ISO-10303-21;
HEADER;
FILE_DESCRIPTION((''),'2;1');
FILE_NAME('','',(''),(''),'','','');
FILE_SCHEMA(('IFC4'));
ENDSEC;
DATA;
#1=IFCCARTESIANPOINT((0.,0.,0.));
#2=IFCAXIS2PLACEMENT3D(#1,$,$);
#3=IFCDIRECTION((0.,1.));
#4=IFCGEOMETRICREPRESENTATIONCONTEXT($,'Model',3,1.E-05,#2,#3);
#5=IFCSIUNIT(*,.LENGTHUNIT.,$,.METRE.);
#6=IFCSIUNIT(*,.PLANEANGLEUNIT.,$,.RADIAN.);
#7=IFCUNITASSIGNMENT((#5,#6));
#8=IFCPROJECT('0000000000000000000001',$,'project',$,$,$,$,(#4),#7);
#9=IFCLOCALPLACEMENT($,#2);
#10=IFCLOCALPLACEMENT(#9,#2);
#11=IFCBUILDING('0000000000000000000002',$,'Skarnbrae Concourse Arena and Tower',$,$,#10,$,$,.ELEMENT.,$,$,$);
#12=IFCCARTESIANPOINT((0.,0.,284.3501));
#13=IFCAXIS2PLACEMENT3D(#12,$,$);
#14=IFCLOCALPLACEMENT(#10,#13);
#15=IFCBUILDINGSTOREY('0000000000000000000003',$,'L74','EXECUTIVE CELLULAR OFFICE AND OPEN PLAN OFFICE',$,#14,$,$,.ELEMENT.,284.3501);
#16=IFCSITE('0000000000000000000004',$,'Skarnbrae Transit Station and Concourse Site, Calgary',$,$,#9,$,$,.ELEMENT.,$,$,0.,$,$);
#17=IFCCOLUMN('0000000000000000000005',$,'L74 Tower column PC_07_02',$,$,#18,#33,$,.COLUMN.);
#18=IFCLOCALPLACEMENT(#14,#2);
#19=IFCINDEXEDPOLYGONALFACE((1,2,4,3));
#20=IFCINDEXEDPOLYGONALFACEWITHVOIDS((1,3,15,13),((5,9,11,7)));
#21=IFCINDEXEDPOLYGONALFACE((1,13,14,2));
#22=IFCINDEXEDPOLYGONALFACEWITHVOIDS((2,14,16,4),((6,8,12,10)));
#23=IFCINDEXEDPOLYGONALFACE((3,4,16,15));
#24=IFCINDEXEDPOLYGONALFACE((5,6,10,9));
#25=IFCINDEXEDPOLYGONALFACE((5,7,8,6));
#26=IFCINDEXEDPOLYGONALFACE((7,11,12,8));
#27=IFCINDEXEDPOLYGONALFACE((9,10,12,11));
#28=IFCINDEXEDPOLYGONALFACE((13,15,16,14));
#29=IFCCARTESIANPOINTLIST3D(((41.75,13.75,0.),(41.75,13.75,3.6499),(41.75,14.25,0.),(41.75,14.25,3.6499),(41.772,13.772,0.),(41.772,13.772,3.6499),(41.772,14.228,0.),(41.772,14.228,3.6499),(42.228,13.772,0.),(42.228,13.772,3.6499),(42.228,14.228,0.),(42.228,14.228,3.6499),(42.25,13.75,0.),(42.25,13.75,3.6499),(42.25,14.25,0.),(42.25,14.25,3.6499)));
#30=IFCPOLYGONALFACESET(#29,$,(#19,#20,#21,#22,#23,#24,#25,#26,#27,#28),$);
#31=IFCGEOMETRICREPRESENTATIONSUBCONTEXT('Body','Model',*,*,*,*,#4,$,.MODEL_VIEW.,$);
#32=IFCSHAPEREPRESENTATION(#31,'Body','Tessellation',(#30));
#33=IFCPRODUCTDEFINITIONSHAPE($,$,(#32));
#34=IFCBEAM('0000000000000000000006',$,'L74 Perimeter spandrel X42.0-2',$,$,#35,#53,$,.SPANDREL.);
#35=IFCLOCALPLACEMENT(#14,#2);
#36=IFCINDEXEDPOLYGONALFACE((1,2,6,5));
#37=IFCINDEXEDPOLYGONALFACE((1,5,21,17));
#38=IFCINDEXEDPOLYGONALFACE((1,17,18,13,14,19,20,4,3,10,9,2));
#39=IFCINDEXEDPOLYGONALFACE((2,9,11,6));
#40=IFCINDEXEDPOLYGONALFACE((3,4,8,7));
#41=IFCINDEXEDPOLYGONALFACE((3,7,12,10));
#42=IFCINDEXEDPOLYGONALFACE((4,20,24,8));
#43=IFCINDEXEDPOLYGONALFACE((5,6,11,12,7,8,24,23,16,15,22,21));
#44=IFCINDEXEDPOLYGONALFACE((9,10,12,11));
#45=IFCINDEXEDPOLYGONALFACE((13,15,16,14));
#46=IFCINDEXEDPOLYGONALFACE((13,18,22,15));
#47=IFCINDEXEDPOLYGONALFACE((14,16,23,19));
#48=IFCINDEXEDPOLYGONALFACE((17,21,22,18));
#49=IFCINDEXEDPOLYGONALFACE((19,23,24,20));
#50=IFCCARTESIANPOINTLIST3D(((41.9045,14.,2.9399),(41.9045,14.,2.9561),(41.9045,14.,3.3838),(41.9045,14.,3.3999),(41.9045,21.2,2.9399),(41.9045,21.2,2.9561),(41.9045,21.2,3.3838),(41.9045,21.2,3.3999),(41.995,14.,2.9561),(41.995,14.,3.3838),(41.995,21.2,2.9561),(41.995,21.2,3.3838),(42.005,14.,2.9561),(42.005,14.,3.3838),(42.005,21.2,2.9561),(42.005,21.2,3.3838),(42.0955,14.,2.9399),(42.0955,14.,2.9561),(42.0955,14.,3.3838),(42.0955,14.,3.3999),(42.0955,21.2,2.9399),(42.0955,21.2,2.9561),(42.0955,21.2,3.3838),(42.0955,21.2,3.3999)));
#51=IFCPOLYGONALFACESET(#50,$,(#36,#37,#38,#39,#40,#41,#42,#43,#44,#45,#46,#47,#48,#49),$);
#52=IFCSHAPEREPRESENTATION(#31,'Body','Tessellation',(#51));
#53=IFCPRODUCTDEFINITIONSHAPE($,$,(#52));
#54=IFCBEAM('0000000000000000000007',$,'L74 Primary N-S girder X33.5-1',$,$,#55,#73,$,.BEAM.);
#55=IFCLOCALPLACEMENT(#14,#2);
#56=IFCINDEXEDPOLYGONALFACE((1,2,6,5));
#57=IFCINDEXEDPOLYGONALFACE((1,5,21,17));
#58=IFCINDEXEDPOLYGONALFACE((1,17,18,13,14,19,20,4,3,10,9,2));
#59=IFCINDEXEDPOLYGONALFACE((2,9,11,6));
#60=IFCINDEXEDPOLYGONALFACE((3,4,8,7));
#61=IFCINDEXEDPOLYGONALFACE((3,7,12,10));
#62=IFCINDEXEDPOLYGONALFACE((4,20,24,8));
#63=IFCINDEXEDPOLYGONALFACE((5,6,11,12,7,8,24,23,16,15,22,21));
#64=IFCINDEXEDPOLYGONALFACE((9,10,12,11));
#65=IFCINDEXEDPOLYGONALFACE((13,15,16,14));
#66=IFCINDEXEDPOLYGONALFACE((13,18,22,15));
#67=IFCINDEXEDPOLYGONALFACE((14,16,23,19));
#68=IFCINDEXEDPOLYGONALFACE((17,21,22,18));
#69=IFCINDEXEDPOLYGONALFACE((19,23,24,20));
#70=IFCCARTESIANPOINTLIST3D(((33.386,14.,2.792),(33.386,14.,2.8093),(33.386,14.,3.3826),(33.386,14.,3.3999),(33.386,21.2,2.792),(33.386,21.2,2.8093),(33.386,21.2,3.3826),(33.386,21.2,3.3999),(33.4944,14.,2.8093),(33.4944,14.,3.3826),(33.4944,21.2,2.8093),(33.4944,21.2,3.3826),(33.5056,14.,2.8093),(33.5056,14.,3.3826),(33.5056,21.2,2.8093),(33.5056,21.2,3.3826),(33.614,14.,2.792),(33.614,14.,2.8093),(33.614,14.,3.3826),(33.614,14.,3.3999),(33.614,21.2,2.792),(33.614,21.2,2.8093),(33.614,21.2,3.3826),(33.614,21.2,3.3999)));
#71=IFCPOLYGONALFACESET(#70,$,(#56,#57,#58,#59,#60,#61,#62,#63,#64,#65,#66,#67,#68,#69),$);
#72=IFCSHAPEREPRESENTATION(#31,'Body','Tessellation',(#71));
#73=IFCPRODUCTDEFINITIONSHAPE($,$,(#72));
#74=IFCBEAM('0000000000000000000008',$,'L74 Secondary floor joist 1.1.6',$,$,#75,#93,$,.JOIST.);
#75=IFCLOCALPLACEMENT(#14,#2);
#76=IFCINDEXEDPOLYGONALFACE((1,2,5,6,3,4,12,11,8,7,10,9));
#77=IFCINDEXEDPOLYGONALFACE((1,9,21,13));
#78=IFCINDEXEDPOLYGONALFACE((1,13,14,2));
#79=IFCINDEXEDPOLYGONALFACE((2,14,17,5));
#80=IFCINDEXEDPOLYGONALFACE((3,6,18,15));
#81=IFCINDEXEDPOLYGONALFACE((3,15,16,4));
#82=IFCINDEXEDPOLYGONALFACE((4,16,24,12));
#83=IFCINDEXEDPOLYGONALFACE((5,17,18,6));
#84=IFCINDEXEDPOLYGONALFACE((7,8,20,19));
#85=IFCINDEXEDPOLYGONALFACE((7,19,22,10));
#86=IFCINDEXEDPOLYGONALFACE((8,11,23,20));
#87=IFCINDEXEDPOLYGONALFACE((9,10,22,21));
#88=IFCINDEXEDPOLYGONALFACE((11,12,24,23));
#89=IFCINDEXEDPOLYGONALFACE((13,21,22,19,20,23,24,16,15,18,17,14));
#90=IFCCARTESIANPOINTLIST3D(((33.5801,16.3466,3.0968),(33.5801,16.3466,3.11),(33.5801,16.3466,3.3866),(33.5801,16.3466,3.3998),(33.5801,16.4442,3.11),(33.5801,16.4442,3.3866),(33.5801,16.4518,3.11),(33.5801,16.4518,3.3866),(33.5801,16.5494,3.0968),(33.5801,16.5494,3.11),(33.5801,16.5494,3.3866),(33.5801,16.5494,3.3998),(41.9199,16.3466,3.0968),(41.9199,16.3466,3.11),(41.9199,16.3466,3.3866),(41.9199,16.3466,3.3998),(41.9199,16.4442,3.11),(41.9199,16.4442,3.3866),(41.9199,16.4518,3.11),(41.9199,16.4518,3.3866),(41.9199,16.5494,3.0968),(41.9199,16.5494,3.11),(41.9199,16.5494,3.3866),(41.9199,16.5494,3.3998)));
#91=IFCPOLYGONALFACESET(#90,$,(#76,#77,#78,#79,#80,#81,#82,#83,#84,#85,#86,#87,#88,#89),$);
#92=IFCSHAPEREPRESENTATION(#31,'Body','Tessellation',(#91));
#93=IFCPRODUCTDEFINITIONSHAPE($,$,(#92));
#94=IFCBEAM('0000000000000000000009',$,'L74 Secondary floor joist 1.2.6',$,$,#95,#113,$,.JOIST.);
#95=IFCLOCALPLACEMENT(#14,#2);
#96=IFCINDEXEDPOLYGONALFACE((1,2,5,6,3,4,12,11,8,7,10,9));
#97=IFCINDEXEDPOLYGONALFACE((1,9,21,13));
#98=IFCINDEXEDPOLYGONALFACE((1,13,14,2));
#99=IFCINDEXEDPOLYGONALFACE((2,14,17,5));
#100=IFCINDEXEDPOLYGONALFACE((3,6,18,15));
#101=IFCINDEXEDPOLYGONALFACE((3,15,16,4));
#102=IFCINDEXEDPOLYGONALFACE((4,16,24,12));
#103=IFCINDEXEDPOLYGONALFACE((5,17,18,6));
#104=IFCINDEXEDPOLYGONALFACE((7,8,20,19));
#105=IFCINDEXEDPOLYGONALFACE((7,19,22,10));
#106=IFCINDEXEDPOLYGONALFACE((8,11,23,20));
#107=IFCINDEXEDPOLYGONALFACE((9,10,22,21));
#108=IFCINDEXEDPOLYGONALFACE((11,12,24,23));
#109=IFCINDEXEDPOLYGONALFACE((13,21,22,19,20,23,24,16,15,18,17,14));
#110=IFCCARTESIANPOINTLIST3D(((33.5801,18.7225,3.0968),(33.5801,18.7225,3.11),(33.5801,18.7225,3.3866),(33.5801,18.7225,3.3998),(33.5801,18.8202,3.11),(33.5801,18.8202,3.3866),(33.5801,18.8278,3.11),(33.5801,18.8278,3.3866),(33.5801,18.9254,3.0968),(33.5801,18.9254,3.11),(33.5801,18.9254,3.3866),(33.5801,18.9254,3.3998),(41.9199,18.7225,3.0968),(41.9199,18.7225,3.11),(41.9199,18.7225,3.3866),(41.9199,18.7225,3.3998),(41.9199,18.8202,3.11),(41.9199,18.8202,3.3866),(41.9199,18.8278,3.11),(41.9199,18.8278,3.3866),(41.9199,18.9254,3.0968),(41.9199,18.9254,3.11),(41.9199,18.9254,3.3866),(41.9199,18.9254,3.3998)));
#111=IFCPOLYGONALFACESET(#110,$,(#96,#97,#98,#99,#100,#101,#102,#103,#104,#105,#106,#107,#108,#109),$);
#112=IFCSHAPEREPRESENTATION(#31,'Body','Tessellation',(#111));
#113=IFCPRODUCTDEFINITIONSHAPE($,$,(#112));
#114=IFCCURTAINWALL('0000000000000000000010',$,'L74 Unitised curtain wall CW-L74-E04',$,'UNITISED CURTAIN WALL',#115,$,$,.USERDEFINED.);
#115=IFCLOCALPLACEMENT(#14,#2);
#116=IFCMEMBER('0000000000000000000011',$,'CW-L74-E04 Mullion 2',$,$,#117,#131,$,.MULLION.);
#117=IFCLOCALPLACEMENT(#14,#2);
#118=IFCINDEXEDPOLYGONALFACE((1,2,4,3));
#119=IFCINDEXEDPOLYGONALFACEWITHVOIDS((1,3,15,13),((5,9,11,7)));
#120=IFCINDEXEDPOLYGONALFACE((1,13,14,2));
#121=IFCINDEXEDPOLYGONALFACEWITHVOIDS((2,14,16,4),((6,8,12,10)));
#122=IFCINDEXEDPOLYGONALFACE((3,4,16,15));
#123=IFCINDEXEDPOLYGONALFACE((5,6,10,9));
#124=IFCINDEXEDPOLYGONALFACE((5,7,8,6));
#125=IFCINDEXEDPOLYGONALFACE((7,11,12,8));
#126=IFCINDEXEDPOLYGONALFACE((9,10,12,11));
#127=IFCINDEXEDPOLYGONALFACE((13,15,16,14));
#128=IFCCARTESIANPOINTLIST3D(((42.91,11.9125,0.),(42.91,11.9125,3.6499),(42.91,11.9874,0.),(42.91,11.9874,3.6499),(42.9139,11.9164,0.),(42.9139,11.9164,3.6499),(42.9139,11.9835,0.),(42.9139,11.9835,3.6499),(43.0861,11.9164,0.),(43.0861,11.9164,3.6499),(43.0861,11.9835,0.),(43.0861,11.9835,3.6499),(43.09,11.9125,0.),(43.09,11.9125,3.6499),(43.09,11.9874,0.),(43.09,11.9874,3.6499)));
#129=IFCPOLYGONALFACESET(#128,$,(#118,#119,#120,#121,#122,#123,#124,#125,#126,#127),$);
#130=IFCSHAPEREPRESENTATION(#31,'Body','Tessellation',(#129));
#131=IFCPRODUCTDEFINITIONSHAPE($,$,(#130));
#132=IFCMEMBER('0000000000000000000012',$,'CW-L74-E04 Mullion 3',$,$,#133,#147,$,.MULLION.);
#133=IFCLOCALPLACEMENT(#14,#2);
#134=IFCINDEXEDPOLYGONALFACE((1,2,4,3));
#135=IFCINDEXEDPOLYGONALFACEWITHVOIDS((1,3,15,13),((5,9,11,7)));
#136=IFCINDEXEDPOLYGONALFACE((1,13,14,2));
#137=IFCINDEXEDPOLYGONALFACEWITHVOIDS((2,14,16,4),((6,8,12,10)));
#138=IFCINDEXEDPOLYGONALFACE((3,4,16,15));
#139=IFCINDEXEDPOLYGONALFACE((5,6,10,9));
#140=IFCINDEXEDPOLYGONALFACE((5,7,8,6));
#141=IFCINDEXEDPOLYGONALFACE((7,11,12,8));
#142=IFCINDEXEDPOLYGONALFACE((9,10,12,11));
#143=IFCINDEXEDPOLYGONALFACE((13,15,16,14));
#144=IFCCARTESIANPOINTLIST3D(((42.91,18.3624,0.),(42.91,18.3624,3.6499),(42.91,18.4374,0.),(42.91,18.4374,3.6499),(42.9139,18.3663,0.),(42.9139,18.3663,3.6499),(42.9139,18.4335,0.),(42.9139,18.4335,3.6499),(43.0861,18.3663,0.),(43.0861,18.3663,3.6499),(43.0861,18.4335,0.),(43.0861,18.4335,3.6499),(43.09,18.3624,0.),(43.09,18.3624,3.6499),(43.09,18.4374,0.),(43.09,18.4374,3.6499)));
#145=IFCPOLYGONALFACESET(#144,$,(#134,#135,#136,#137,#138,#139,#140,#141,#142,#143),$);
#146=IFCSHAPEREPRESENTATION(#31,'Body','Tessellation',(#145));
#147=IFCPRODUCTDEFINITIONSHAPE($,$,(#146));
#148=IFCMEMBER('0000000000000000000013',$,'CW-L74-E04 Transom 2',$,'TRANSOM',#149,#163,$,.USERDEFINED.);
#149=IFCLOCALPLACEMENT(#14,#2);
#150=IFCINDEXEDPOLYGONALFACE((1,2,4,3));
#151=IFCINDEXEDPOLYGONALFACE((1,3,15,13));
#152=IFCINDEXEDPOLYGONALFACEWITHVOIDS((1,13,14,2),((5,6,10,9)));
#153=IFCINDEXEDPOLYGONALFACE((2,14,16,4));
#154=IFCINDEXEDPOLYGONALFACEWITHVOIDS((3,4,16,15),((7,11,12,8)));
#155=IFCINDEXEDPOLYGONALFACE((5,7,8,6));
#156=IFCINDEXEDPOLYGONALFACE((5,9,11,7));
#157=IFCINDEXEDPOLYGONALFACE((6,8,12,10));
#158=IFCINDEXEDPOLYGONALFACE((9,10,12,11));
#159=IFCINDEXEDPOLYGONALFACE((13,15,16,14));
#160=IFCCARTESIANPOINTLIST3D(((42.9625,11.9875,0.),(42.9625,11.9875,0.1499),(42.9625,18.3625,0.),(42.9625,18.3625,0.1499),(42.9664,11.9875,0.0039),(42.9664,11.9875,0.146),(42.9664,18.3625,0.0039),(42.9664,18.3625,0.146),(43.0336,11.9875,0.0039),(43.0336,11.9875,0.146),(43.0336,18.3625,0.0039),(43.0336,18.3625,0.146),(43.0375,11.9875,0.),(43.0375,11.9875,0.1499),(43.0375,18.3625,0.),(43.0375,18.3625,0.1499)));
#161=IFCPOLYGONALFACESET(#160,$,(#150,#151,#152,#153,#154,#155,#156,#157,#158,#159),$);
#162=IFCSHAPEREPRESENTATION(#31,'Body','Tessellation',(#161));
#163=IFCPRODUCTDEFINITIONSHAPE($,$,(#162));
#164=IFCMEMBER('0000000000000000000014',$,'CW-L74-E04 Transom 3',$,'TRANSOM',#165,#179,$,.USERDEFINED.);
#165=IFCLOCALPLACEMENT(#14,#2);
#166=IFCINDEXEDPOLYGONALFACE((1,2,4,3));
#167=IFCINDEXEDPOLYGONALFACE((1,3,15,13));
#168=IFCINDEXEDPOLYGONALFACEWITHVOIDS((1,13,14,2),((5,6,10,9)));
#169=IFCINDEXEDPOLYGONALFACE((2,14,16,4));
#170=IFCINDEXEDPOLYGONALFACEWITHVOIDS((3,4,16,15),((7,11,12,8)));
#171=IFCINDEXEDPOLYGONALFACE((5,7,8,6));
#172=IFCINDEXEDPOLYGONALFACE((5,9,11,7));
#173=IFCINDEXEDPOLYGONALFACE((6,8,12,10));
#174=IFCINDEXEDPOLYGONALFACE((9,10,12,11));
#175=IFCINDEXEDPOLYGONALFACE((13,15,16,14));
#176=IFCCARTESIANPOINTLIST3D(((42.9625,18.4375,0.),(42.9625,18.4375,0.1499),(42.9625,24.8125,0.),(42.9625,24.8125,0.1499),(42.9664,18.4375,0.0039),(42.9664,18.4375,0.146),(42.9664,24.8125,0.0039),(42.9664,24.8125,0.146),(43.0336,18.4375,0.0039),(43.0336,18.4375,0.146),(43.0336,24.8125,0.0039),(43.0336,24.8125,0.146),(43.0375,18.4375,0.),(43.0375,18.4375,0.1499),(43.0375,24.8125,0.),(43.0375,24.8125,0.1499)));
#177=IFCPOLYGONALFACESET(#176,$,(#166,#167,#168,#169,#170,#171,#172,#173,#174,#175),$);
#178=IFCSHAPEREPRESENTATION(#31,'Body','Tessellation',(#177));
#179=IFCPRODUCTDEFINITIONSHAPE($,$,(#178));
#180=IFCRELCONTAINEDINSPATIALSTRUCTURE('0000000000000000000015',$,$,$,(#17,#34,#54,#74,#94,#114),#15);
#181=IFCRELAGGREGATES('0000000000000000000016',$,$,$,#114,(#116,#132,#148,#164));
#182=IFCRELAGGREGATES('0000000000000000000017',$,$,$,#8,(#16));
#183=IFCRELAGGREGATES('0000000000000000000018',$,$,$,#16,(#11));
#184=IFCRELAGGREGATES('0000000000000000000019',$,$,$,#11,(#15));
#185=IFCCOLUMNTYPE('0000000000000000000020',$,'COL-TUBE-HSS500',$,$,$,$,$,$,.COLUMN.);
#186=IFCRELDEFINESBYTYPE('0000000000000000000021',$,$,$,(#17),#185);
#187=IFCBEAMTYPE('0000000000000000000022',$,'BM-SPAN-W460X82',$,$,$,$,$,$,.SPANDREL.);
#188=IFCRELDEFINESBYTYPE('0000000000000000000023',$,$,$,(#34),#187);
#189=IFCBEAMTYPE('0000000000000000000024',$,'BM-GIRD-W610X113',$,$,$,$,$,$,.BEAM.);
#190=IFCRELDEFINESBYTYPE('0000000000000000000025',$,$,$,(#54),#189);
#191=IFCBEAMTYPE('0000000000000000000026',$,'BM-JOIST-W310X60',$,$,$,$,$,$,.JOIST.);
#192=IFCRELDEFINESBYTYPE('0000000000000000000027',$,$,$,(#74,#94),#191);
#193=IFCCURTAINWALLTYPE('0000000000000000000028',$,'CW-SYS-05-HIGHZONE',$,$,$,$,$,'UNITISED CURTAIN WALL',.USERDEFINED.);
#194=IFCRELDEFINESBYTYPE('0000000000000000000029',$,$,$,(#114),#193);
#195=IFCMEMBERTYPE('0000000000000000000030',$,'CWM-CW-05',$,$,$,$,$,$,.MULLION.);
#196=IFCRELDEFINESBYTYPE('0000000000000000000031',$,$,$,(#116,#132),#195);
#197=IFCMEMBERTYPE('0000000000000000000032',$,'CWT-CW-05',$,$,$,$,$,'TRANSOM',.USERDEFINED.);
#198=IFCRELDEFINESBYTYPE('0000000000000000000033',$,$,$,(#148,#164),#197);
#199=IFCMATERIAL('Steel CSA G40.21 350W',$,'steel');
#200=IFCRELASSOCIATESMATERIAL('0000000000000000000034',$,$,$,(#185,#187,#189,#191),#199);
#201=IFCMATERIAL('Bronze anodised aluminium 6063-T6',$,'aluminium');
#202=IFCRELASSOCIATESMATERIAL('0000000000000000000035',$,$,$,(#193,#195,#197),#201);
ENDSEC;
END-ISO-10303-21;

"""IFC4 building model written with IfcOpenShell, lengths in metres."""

from ifc_helpers import new_model, si_unit, direction, frame, origin, origin_2d, place, context, subcontext, project, spatial, hollow_rectangle, i_section, extrude, source, transform, mapped, material, material_profile, profile_set, type_object, element, aggregate, save


model = new_model("IFC4")

# Units and contexts
model_context = context("Model", 3, precision=1e-05, world=origin(), true_north=direction((0.0, 1.0)))
body_context = subcontext(model_context, "Body", "Model", "MODEL_VIEW")
ifc_project = project(units=[si_unit("LENGTHUNIT", "METRE"), si_unit("PLANEANGLEUNIT", "RADIAN")], contexts=[model_context])

# Site, building, storey
site_placement = place(None, origin())
site = spatial("IfcSite", under=ifc_project, at=site_placement, Name="Skarnbrae Transit Station and Concourse Site, Calgary", CompositionType="ELEMENT", RefElevation=0.0)
building_placement = place(site_placement, origin())
building = spatial("IfcBuilding", under=site, at=building_placement, Name="Skarnbrae Concourse Arena and Tower", CompositionType="ELEMENT")
storey_placement = place(building_placement, frame((0.0, 0.0, 284.3501)))
storey = spatial("IfcBuildingStorey", under=building, at=storey_placement, Name="L74", Description="EXECUTIVE CELLULAR OFFICE AND OPEN PLAN OFFICE", CompositionType="ELEMENT", Elevation=284.3501)

# Column
ifc_material_1 = material(Name="Steel CSA G40.21 350W", Category="steel")
ifc_material_profile_1 = material_profile(ifc_material_1, hollow_rectangle(XDim=0.5, YDim=0.5, WallThickness=0.022, at=origin_2d()), Name="HSS500X500X22.0")
ifc_profile_set_1 = profile_set([ifc_material_profile_1], Name="Steel CSA G40.21 350W")
column_type = type_object("IfcColumnType", Name="COL-TUBE-HSS500", PredefinedType="COLUMN", material=ifc_profile_set_1)
shared_shape_1 = source(origin(), body_context, "Body", "SweptSolid", [
    extrude(hollow_rectangle(XDim=0.5, YDim=0.5, WallThickness=0.022, at=origin_2d()), origin(), (0.0, 0.0, 1.0), 3.6499),
])
column_placement = place(storey_placement, frame((42.0, 14.0, 0.0), z_axis=(0.0, 0.0, 1.0), x_axis=(1.0, 0.0, 0.0)))
element("IfcColumn", 1, at=column_placement, inside=storey, type_object=column_type, Name="L74 Tower column PC_07_02", PredefinedType="COLUMN", context=body_context, shape_type="MappedRepresentation", body=[
    mapped(shared_shape_1, transform((0.0, 0.0, 0.0))),
])

# Beams
ifc_material_profile_2 = material_profile(ifc_material_1, i_section(OverallWidth=0.1909, OverallDepth=0.46, WebThickness=0.01, FlangeThickness=0.0161, at=origin_2d()), Name="W460X82")
ifc_profile_set_2 = profile_set([ifc_material_profile_2], Name="Steel CSA G40.21 350W")
beam_type_1 = type_object("IfcBeamType", Name="BM-SPAN-W460X82", PredefinedType="SPANDREL", material=ifc_profile_set_2)
shared_shape_2 = source(origin(), body_context, "Body", "SweptSolid", [
    extrude(i_section(OverallWidth=0.1909, OverallDepth=0.46, WebThickness=0.01, FlangeThickness=0.0161, at=origin_2d()), origin(), (0.0, 0.0, 1.0), 7.2),
])
beam_1_placement = place(storey_placement, frame((42.0, 14.0, 3.1699), z_axis=(0.0, 1.0, 0.0), x_axis=(-1.0, 0.0, 0.0)))
element("IfcBeam", 2, at=beam_1_placement, inside=storey, type_object=beam_type_1, Name="L74 Perimeter spandrel X42.0-2", PredefinedType="SPANDREL", context=body_context, shape_type="MappedRepresentation", body=[
    mapped(shared_shape_2, transform((0.0, 0.0, 0.0))),
])
ifc_material_profile_3 = material_profile(ifc_material_1, i_section(OverallWidth=0.228, OverallDepth=0.6079, WebThickness=0.0112, FlangeThickness=0.0173, at=origin_2d()), Name="W610X113")
ifc_profile_set_3 = profile_set([ifc_material_profile_3], Name="Steel CSA G40.21 350W")
beam_type_2 = type_object("IfcBeamType", Name="BM-GIRD-W610X113", PredefinedType="BEAM", material=ifc_profile_set_3)
shared_shape_3 = source(origin(), body_context, "Body", "SweptSolid", [
    extrude(i_section(OverallWidth=0.228, OverallDepth=0.6079, WebThickness=0.0112, FlangeThickness=0.0173, at=origin_2d()), origin(), (0.0, 0.0, 1.0), 7.2),
])
beam_2_placement = place(storey_placement, frame((33.5, 14.0, 3.0959), z_axis=(0.0, 1.0, 0.0), x_axis=(-1.0, 0.0, 0.0)))
element("IfcBeam", 3, at=beam_2_placement, inside=storey, type_object=beam_type_2, Name="L74 Primary N-S girder X33.5-1", PredefinedType="BEAM", context=body_context, shape_type="MappedRepresentation", body=[
    mapped(shared_shape_3, transform((0.0, 0.0, 0.0))),
])
ifc_material_profile_4 = material_profile(ifc_material_1, i_section(OverallWidth=0.2029, OverallDepth=0.303, WebThickness=0.0076, FlangeThickness=0.0132, at=origin_2d()), Name="W310X60")
ifc_profile_set_4 = profile_set([ifc_material_profile_4], Name="Steel CSA G40.21 350W")
beam_type_3 = type_object("IfcBeamType", Name="BM-JOIST-W310X60", PredefinedType="JOIST", material=ifc_profile_set_4)
shared_shape_4 = source(origin(), body_context, "Body", "SweptSolid", [
    extrude(i_section(OverallWidth=0.2029, OverallDepth=0.303, WebThickness=0.0076, FlangeThickness=0.0132, at=origin_2d()), origin(), (0.0, 0.0, 1.0), 8.3398),
])
for number, where, z_axis, x_axis, name in (
    (4, (33.5801, 16.448, 3.2483), (1.0, 0.0, 0.0), (0.0, 1.0, 0.0), "L74 Secondary floor joist 1.1.6"),
    (5, (33.5801, 18.824, 3.2483), (1.0, 0.0, 0.0), (0.0, 1.0, 0.0), "L74 Secondary floor joist 1.2.6"),
):
    element("IfcBeam", number, at=place(storey_placement, frame(where, z_axis=z_axis, x_axis=x_axis)), inside=storey, type_object=beam_type_3, Name=name, PredefinedType="JOIST", context=body_context, shape_type="MappedRepresentation", body=[
        mapped(shared_shape_4, transform((0.0, 0.0, 0.0))),
    ])

# Curtain wall, members
ifc_material_2 = material(Name="Bronze anodised aluminium 6063-T6", Category="aluminium")
curtain_wall_type = type_object("IfcCurtainWallType", Name="CW-SYS-05-HIGHZONE", ElementType="UNITISED CURTAIN WALL", PredefinedType="USERDEFINED", material=ifc_material_2)
curtain_wall_placement = place(storey_placement, origin())
curtain_wall = element("IfcCurtainWall", 6, at=curtain_wall_placement, inside=storey, type_object=curtain_wall_type, Name="L74 Unitised curtain wall CW-L74-E04", ObjectType="UNITISED CURTAIN WALL", PredefinedType="USERDEFINED")
ifc_material_profile_5 = material_profile(ifc_material_2, hollow_rectangle(XDim=0.075, YDim=0.1799, WallThickness=0.0039, at=origin_2d()), Name="ALU-MULL-75X180")
ifc_profile_set_5 = profile_set([ifc_material_profile_5], Name="Bronze anodised aluminium 6063-T6")
member_type_1 = type_object("IfcMemberType", Name="CWM-CW-05", PredefinedType="MULLION", material=ifc_profile_set_5)
shared_shape_5 = source(origin(), body_context, "Body", "SweptSolid", [
    extrude(hollow_rectangle(XDim=0.075, YDim=0.1799, WallThickness=0.0039, at=origin_2d()), origin(), (0.0, 0.0, 1.0), 3.6499),
])
member_1_placement = place(storey_placement, frame((43.0, 11.95, 0.0), z_axis=(0.0, 0.0, 1.0), x_axis=(0.0, 1.0, 0.0)))
member_1 = element("IfcMember", 7, at=member_1_placement, type_object=member_type_1, Name="CW-L74-E04 Mullion 2", PredefinedType="MULLION", context=body_context, shape_type="MappedRepresentation", body=[
    mapped(shared_shape_5, transform((0.0, 0.0, 0.0))),
])
member_2_placement = place(storey_placement, frame((43.0, 18.3999, 0.0), z_axis=(0.0, 0.0, 1.0), x_axis=(0.0, 1.0, 0.0)))
member_2 = element("IfcMember", 8, at=member_2_placement, type_object=member_type_1, Name="CW-L74-E04 Mullion 3", PredefinedType="MULLION", context=body_context, shape_type="MappedRepresentation", body=[
    mapped(shared_shape_5, transform((0.0, 0.0, 0.0))),
])
ifc_material_profile_6 = material_profile(ifc_material_2, hollow_rectangle(XDim=0.075, YDim=0.1499, WallThickness=0.0039, at=origin_2d()), Name="ALU-TRAN-75X150")
ifc_profile_set_6 = profile_set([ifc_material_profile_6], Name="Bronze anodised aluminium 6063-T6")
member_type_2 = type_object("IfcMemberType", Name="CWT-CW-05", ElementType="TRANSOM", PredefinedType="USERDEFINED", material=ifc_profile_set_6)
shared_shape_6 = source(origin(), body_context, "Body", "SweptSolid", [
    extrude(hollow_rectangle(XDim=0.075, YDim=0.1499, WallThickness=0.0039, at=origin_2d()), origin(), (0.0, 0.0, 1.0), 6.375),
])
member_3_placement = place(storey_placement, frame((43.0, 11.9875, 0.075), z_axis=(0.0, 1.0, 0.0), x_axis=(-1.0, 0.0, 0.0)))
member_3 = element("IfcMember", 9, at=member_3_placement, type_object=member_type_2, Name="CW-L74-E04 Transom 2", ObjectType="TRANSOM", PredefinedType="USERDEFINED", context=body_context, shape_type="MappedRepresentation", body=[
    mapped(shared_shape_6, transform((0.0, 0.0, 0.0))),
])
member_4_placement = place(storey_placement, frame((43.0, 18.4375, 0.075), z_axis=(0.0, 1.0, 0.0), x_axis=(-1.0, 0.0, 0.0)))
member_4 = element("IfcMember", 10, at=member_4_placement, type_object=member_type_2, Name="CW-L74-E04 Transom 3", ObjectType="TRANSOM", PredefinedType="USERDEFINED", context=body_context, shape_type="MappedRepresentation", body=[
    mapped(shared_shape_6, transform((0.0, 0.0, 0.0))),
])
aggregate(curtain_wall, [member_1, member_2, member_3, member_4])

save(model, "model.ifc")
